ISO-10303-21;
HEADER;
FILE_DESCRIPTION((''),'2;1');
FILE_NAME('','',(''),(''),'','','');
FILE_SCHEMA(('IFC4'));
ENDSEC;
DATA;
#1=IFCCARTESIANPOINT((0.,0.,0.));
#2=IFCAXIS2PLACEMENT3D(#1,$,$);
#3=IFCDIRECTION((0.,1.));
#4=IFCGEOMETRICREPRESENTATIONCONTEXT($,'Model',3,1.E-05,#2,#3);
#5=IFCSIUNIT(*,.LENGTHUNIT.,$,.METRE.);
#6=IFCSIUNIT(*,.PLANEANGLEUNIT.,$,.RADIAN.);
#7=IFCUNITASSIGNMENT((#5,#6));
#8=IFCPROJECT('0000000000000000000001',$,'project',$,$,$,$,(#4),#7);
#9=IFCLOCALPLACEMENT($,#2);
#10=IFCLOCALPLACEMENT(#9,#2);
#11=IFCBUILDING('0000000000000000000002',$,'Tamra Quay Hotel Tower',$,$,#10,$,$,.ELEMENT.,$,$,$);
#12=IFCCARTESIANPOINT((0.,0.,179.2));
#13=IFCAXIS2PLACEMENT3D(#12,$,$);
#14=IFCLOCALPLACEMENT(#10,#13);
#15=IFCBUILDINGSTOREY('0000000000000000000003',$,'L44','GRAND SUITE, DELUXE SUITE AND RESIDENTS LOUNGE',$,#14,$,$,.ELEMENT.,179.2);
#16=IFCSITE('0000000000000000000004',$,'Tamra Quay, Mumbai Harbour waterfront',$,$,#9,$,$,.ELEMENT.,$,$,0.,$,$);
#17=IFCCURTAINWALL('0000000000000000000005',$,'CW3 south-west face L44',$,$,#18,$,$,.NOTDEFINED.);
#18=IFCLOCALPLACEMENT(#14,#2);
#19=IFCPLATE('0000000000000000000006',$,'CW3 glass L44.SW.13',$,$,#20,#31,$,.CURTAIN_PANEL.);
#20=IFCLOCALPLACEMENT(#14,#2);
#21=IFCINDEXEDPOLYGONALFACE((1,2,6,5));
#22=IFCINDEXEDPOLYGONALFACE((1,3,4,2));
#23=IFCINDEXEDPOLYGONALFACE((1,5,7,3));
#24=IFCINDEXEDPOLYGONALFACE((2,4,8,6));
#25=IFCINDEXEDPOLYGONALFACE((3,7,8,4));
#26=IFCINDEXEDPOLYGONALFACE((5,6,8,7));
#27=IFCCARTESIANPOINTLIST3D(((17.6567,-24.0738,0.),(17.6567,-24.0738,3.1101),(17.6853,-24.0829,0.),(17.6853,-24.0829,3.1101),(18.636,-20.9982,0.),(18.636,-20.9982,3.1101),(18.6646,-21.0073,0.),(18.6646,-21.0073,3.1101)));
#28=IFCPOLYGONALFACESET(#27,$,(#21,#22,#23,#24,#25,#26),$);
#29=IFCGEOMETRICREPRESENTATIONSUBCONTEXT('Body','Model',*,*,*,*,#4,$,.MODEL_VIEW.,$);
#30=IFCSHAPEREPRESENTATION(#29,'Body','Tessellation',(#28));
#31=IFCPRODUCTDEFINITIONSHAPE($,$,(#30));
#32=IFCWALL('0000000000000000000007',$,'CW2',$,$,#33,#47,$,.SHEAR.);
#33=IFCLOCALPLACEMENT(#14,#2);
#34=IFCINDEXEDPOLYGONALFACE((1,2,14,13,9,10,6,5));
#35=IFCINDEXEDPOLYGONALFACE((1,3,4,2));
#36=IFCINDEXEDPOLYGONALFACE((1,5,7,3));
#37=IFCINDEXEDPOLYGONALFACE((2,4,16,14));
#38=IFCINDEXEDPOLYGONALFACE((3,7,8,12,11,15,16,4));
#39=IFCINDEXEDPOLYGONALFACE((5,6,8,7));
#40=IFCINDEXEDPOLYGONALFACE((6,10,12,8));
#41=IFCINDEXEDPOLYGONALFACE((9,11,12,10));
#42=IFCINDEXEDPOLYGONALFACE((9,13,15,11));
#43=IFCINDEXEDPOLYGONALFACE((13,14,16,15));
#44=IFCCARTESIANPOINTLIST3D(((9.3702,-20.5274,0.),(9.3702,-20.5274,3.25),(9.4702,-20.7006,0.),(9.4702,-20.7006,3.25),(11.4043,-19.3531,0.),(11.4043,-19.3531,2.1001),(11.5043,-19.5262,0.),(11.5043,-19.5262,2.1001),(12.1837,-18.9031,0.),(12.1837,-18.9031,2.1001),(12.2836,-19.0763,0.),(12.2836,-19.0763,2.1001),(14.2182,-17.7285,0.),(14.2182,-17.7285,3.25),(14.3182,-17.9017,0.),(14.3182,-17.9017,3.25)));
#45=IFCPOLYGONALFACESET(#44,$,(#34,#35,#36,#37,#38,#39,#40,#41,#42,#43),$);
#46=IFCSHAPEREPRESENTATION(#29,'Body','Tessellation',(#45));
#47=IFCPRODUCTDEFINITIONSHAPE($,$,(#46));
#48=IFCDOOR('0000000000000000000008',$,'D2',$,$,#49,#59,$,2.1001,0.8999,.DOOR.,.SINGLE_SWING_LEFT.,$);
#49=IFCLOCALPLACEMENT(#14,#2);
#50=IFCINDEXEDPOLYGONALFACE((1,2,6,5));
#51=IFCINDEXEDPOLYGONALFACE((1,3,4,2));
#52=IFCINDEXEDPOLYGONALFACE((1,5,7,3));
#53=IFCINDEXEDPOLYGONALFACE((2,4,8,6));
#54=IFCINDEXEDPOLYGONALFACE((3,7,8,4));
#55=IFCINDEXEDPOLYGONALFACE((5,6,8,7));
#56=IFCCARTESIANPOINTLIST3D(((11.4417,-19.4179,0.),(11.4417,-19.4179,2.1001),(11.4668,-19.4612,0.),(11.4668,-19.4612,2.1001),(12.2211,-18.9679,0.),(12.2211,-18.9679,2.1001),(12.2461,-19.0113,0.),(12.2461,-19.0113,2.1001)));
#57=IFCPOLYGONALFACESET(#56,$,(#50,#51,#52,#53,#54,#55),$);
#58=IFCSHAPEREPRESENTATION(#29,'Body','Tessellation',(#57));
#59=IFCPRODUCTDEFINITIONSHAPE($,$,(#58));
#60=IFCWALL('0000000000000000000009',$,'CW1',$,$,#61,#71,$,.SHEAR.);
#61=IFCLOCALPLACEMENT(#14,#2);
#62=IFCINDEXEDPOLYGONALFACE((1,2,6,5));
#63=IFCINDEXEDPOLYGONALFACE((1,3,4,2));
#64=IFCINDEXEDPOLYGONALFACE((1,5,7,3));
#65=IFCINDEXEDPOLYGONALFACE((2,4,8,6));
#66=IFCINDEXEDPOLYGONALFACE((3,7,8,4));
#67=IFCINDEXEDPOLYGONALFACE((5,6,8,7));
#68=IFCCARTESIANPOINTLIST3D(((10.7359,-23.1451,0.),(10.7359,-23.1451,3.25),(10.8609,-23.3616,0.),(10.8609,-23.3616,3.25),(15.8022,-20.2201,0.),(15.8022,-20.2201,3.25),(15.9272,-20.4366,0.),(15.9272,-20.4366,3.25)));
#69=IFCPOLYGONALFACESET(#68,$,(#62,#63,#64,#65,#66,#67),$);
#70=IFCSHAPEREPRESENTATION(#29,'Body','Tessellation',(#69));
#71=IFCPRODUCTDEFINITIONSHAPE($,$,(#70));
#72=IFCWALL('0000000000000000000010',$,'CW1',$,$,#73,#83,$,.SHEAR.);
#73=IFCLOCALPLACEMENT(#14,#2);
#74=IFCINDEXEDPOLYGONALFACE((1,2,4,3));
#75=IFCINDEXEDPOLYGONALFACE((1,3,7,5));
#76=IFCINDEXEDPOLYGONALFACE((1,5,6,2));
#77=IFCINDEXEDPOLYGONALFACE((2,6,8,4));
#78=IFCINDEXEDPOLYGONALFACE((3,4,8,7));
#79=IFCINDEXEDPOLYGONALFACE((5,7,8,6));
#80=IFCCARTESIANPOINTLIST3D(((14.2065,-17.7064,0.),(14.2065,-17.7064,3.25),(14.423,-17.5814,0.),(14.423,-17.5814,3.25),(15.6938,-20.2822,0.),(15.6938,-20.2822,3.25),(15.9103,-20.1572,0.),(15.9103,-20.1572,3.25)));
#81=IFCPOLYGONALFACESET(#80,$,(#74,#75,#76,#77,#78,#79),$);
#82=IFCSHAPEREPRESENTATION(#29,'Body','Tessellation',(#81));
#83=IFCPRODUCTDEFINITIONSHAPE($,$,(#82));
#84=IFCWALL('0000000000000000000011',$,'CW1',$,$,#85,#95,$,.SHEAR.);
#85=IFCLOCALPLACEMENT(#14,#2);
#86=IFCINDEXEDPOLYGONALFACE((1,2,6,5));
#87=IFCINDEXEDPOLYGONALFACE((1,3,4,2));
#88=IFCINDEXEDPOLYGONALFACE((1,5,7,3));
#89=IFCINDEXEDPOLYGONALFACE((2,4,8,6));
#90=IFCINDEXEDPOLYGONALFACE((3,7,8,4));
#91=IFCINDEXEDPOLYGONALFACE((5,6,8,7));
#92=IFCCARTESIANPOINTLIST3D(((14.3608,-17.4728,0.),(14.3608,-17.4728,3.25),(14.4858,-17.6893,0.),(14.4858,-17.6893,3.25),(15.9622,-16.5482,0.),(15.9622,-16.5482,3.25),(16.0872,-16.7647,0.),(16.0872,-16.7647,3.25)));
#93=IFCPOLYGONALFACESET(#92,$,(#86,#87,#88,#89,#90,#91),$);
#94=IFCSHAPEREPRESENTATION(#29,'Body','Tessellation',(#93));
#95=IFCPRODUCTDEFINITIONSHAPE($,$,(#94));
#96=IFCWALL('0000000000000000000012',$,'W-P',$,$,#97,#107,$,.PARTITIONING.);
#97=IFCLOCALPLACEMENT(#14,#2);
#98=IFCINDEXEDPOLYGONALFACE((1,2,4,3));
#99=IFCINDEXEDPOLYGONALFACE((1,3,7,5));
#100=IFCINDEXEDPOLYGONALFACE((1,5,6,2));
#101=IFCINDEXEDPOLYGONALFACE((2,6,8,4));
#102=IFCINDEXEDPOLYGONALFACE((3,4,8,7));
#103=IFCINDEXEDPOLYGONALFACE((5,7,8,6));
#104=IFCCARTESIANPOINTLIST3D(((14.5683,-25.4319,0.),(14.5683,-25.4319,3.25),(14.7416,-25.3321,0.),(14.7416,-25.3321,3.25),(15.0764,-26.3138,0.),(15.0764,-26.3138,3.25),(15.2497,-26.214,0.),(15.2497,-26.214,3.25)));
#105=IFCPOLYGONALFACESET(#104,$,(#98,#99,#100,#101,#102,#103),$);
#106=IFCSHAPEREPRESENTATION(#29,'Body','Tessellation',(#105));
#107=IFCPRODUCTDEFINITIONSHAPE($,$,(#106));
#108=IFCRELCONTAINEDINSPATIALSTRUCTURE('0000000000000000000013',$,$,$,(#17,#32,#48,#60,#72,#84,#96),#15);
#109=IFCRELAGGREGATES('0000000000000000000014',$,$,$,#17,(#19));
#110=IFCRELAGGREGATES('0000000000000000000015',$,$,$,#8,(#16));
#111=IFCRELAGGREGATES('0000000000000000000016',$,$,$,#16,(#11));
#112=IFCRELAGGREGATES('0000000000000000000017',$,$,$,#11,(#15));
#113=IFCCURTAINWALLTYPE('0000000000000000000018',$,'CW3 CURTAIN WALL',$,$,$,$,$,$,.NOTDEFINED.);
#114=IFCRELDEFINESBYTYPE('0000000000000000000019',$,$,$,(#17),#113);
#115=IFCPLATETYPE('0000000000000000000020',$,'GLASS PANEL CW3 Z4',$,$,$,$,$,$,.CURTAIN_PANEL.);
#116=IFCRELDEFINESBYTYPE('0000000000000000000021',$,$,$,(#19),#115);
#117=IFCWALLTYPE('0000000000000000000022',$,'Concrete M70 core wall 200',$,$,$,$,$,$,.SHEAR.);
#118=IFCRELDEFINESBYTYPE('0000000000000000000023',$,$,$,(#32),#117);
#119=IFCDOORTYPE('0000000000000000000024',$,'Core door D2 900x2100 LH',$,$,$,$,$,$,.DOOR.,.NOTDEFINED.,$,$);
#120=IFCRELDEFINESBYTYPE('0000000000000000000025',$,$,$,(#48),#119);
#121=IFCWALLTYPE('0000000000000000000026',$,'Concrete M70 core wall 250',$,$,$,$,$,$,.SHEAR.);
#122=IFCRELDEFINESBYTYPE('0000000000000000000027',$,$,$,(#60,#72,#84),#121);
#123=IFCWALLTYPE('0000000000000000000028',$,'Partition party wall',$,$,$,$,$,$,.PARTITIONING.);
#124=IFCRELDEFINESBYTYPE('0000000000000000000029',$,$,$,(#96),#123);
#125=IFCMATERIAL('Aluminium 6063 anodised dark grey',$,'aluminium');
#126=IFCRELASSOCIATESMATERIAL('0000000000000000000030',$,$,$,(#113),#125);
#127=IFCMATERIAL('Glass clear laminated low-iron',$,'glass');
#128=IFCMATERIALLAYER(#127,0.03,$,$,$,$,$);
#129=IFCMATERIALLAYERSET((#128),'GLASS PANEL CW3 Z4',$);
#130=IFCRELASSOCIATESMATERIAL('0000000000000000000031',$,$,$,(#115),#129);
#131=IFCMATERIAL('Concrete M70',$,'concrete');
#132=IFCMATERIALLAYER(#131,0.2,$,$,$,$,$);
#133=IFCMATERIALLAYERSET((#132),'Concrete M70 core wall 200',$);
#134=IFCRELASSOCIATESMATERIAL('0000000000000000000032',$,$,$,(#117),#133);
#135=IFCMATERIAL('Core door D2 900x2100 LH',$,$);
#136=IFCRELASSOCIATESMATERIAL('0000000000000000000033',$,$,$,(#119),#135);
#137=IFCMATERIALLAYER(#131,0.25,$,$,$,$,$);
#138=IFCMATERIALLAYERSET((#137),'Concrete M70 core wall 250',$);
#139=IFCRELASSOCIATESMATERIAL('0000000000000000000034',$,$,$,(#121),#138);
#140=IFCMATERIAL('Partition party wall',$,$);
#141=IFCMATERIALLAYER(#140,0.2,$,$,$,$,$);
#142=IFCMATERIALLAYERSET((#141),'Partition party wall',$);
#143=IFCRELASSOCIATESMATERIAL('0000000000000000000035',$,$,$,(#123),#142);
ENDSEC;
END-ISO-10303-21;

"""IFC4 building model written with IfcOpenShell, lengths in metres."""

from ifc_helpers import new_model, si_unit, direction, frame, frame_2d, origin, origin_2d, place, context, subcontext, project, spatial, rectangle, extrude, material, layer, layer_set, type_object, element, fill, aggregate, save


model = new_model("IFC4")

# Units and contexts
model_context = context("Model", 3, precision=1e-05, world=origin(), true_north=direction((0.0, 1.0)))
body_context = subcontext(model_context, "Body", "Model", "MODEL_VIEW")
ifc_project = project(units=[si_unit("LENGTHUNIT", "METRE"), si_unit("PLANEANGLEUNIT", "RADIAN")], contexts=[model_context])

# Site, building, storey
site_placement = place(None, origin())
site = spatial("IfcSite", under=ifc_project, at=site_placement, Name="Tamra Quay, Mumbai Harbour waterfront", CompositionType="ELEMENT", RefElevation=0.0)
building_placement = place(site_placement, origin())
building = spatial("IfcBuilding", under=site, at=building_placement, Name="Tamra Quay Hotel Tower", CompositionType="ELEMENT")
storey_placement = place(building_placement, frame((0.0, 0.0, 179.2)))
storey = spatial("IfcBuildingStorey", under=building, at=storey_placement, Name="L44", Description="GRAND SUITE, DELUXE SUITE AND RESIDENTS LOUNGE", CompositionType="ELEMENT", Elevation=179.2)

# Shared definitions
ifc_material_1 = material(Name="Concrete M70", Category="concrete")

# Shared definitions
ifc_material_2 = material(Name="Aluminium 6063 anodised dark grey", Category="aluminium")

# Curtain wall
curtain_wall_type_1 = type_object("IfcCurtainWallType", Name="CW3 CURTAIN WALL", PredefinedType="NOTDEFINED", material=ifc_material_2)
curtain_wall_1_placement = place(storey_placement, origin())
curtain_wall_1 = element("IfcCurtainWall", 1, at=curtain_wall_1_placement, inside=storey, type_object=curtain_wall_type_1, Name="CW3 south-west face L44", PredefinedType="NOTDEFINED")

# Plate
ifc_material_3 = material(Name="Glass clear laminated low-iron", Category="glass")
ifc_layer_1 = layer(ifc_material_3, 0.03)
ifc_layer_set_1 = layer_set([ifc_layer_1], Name="GLASS PANEL CW3 Z4")
plate_type_1 = type_object("IfcPlateType", Name="GLASS PANEL CW3 Z4", PredefinedType="CURTAIN_PANEL", material=ifc_layer_set_1)
plate_1_placement = place(storey_placement, frame((18.1606, -22.5405, 0.0), z_axis=(0.0, 0.0, 1.0), x_axis=(0.30341, 0.95286, 0.0)))
plate_1 = element("IfcPlate", 2, at=plate_1_placement, type_object=plate_type_1, Name="CW3 glass L44.SW.13", PredefinedType="CURTAIN_PANEL", context=body_context, shape_type="SweptSolid", body=[
    extrude(rectangle(XDim=3.2278, YDim=0.03, at=origin_2d()), origin(), (0.0, 0.0, 1.0), 3.1101),
])
aggregate(curtain_wall_1, [plate_1])

# Wall, opening, door
ifc_layer_2 = layer(ifc_material_1, 0.2)
ifc_layer_set_2 = layer_set([ifc_layer_2], Name="Concrete M70 core wall 200")
wall_type_1 = type_object("IfcWallType", Name="Concrete M70 core wall 200", PredefinedType="SHEAR", material=ifc_layer_set_2)
wall_1_placement = place(storey_placement, frame((14.2681, -17.8152, 0.0), z_axis=(0.0, 0.0, 1.0), x_axis=(-0.866034, -0.499985, 0.0)))
wall_1 = element("IfcWall", 3, at=wall_1_placement, inside=storey, type_object=wall_type_1, Name="CW2", PredefinedType="SHEAR", context=body_context, shape_type="SweptSolid", body=[
    extrude(rectangle(XDim=5.5979, YDim=0.2, at=frame_2d((2.7988, 0.0))), origin(), (0.0, 0.0, 1.0), 3.25),
])
opening_placement = place(wall_1_placement, frame((2.3491, 0.0, 0.0)))
opening = element("IfcOpeningElement", 4, at=opening_placement, cuts=wall_1, PredefinedType="OPENING", context=body_context, shape_type="SweptSolid", body=[
    extrude(rectangle(XDim=0.8999, YDim=2.1001, at=frame_2d((0.45, 1.05))), frame((0.0, 0.1099, 0.0), z_axis=(0.0, -1.0, 0.0), x_axis=(1.0, 0.0, 0.0)), (0.0, 0.0, 1.0), 0.22),
])
ifc_material_4 = material(Name="Core door D2 900x2100 LH")
door_type = type_object("IfcDoorType", Name="Core door D2 900x2100 LH", OperationType="NOTDEFINED", PredefinedType="DOOR", material=ifc_material_4)
door_placement = place(opening_placement, origin())
door = element("IfcDoor", 5, at=door_placement, inside=storey, type_object=door_type, Name="D2", OperationType="SINGLE_SWING_LEFT", OverallHeight=2.1001, OverallWidth=0.8999, PredefinedType="DOOR", context=body_context, shape_type="SweptSolid", body=[
    extrude(rectangle(XDim=0.8999, YDim=2.1001, at=frame_2d((0.45, 1.05))), frame((0.0, 0.0249, 0.0), z_axis=(0.0, -1.0, 0.0), x_axis=(1.0, 0.0, 0.0)), (0.0, 0.0, 1.0), 0.05),
])
fill(opening, door)

# Walls
ifc_layer_3 = layer(ifc_material_1, 0.25)
ifc_layer_set_3 = layer_set([ifc_layer_3], Name="Concrete M70 core wall 250")
wall_type_2 = type_object("IfcWallType", Name="Concrete M70 core wall 250", PredefinedType="SHEAR", material=ifc_layer_set_3)
wall_2_placement = place(storey_placement, frame((15.8647, -20.3284, 0.0), z_axis=(0.0, 0.0, 1.0), x_axis=(-0.866029, -0.499995, 0.0)))
element("IfcWall", 6, at=wall_2_placement, inside=storey, type_object=wall_type_2, Name="CW1", PredefinedType="SHEAR", context=body_context, shape_type="SweptSolid", body=[
    extrude(rectangle(XDim=5.8501, YDim=0.25, at=frame_2d((2.925, 0.0))), origin(), (0.0, 0.0, 1.0), 3.25),
])
wall_3_placement = place(storey_placement, frame((14.3147, -17.6438, 0.0), z_axis=(0.0, 0.0, 1.0), x_axis=(0.500023, -0.866012, 0.0)))
element("IfcWall", 7, at=wall_3_placement, inside=storey, type_object=wall_type_2, Name="CW1", PredefinedType="SHEAR", context=body_context, shape_type="SweptSolid", body=[
    extrude(rectangle(XDim=2.9744, YDim=0.25, at=frame_2d((1.4873, 0.0))), origin(), (0.0, 0.0, 1.0), 3.25),
])
wall_4_placement = place(storey_placement, frame((16.0247, -16.6565, 0.0), z_axis=(0.0, 0.0, 1.0), x_axis=(-0.866016, -0.500016, 0.0)))
element("IfcWall", 8, at=wall_4_placement, inside=storey, type_object=wall_type_2, Name="CW1", PredefinedType="SHEAR", context=body_context, shape_type="SweptSolid", body=[
    extrude(rectangle(XDim=1.8491, YDim=0.25, at=frame_2d((0.9246, 0.0))), origin(), (0.0, 0.0, 1.0), 3.25),
])
ifc_material_5 = material(Name="Partition party wall")
ifc_layer_4 = layer(ifc_material_5, 0.2)
ifc_layer_set_4 = layer_set([ifc_layer_4], Name="Partition party wall")
wall_type_3 = type_object("IfcWallType", Name="Partition party wall", PredefinedType="PARTITIONING", material=ifc_layer_set_4)
wall_5_placement = place(storey_placement, frame((14.655, -25.3821, 0.0), z_axis=(0.0, 0.0, 1.0), x_axis=(0.49921, -0.866481, 0.0)))
element("IfcWall", 9, at=wall_5_placement, inside=storey, type_object=wall_type_3, Name="W-P", PredefinedType="PARTITIONING", context=body_context, shape_type="SweptSolid", body=[
    extrude(rectangle(XDim=1.0178, YDim=0.2, at=frame_2d((0.5088, 0.0))), origin(), (0.0, 0.0, 1.0), 3.25),
])

save(model, "model.ifc")
